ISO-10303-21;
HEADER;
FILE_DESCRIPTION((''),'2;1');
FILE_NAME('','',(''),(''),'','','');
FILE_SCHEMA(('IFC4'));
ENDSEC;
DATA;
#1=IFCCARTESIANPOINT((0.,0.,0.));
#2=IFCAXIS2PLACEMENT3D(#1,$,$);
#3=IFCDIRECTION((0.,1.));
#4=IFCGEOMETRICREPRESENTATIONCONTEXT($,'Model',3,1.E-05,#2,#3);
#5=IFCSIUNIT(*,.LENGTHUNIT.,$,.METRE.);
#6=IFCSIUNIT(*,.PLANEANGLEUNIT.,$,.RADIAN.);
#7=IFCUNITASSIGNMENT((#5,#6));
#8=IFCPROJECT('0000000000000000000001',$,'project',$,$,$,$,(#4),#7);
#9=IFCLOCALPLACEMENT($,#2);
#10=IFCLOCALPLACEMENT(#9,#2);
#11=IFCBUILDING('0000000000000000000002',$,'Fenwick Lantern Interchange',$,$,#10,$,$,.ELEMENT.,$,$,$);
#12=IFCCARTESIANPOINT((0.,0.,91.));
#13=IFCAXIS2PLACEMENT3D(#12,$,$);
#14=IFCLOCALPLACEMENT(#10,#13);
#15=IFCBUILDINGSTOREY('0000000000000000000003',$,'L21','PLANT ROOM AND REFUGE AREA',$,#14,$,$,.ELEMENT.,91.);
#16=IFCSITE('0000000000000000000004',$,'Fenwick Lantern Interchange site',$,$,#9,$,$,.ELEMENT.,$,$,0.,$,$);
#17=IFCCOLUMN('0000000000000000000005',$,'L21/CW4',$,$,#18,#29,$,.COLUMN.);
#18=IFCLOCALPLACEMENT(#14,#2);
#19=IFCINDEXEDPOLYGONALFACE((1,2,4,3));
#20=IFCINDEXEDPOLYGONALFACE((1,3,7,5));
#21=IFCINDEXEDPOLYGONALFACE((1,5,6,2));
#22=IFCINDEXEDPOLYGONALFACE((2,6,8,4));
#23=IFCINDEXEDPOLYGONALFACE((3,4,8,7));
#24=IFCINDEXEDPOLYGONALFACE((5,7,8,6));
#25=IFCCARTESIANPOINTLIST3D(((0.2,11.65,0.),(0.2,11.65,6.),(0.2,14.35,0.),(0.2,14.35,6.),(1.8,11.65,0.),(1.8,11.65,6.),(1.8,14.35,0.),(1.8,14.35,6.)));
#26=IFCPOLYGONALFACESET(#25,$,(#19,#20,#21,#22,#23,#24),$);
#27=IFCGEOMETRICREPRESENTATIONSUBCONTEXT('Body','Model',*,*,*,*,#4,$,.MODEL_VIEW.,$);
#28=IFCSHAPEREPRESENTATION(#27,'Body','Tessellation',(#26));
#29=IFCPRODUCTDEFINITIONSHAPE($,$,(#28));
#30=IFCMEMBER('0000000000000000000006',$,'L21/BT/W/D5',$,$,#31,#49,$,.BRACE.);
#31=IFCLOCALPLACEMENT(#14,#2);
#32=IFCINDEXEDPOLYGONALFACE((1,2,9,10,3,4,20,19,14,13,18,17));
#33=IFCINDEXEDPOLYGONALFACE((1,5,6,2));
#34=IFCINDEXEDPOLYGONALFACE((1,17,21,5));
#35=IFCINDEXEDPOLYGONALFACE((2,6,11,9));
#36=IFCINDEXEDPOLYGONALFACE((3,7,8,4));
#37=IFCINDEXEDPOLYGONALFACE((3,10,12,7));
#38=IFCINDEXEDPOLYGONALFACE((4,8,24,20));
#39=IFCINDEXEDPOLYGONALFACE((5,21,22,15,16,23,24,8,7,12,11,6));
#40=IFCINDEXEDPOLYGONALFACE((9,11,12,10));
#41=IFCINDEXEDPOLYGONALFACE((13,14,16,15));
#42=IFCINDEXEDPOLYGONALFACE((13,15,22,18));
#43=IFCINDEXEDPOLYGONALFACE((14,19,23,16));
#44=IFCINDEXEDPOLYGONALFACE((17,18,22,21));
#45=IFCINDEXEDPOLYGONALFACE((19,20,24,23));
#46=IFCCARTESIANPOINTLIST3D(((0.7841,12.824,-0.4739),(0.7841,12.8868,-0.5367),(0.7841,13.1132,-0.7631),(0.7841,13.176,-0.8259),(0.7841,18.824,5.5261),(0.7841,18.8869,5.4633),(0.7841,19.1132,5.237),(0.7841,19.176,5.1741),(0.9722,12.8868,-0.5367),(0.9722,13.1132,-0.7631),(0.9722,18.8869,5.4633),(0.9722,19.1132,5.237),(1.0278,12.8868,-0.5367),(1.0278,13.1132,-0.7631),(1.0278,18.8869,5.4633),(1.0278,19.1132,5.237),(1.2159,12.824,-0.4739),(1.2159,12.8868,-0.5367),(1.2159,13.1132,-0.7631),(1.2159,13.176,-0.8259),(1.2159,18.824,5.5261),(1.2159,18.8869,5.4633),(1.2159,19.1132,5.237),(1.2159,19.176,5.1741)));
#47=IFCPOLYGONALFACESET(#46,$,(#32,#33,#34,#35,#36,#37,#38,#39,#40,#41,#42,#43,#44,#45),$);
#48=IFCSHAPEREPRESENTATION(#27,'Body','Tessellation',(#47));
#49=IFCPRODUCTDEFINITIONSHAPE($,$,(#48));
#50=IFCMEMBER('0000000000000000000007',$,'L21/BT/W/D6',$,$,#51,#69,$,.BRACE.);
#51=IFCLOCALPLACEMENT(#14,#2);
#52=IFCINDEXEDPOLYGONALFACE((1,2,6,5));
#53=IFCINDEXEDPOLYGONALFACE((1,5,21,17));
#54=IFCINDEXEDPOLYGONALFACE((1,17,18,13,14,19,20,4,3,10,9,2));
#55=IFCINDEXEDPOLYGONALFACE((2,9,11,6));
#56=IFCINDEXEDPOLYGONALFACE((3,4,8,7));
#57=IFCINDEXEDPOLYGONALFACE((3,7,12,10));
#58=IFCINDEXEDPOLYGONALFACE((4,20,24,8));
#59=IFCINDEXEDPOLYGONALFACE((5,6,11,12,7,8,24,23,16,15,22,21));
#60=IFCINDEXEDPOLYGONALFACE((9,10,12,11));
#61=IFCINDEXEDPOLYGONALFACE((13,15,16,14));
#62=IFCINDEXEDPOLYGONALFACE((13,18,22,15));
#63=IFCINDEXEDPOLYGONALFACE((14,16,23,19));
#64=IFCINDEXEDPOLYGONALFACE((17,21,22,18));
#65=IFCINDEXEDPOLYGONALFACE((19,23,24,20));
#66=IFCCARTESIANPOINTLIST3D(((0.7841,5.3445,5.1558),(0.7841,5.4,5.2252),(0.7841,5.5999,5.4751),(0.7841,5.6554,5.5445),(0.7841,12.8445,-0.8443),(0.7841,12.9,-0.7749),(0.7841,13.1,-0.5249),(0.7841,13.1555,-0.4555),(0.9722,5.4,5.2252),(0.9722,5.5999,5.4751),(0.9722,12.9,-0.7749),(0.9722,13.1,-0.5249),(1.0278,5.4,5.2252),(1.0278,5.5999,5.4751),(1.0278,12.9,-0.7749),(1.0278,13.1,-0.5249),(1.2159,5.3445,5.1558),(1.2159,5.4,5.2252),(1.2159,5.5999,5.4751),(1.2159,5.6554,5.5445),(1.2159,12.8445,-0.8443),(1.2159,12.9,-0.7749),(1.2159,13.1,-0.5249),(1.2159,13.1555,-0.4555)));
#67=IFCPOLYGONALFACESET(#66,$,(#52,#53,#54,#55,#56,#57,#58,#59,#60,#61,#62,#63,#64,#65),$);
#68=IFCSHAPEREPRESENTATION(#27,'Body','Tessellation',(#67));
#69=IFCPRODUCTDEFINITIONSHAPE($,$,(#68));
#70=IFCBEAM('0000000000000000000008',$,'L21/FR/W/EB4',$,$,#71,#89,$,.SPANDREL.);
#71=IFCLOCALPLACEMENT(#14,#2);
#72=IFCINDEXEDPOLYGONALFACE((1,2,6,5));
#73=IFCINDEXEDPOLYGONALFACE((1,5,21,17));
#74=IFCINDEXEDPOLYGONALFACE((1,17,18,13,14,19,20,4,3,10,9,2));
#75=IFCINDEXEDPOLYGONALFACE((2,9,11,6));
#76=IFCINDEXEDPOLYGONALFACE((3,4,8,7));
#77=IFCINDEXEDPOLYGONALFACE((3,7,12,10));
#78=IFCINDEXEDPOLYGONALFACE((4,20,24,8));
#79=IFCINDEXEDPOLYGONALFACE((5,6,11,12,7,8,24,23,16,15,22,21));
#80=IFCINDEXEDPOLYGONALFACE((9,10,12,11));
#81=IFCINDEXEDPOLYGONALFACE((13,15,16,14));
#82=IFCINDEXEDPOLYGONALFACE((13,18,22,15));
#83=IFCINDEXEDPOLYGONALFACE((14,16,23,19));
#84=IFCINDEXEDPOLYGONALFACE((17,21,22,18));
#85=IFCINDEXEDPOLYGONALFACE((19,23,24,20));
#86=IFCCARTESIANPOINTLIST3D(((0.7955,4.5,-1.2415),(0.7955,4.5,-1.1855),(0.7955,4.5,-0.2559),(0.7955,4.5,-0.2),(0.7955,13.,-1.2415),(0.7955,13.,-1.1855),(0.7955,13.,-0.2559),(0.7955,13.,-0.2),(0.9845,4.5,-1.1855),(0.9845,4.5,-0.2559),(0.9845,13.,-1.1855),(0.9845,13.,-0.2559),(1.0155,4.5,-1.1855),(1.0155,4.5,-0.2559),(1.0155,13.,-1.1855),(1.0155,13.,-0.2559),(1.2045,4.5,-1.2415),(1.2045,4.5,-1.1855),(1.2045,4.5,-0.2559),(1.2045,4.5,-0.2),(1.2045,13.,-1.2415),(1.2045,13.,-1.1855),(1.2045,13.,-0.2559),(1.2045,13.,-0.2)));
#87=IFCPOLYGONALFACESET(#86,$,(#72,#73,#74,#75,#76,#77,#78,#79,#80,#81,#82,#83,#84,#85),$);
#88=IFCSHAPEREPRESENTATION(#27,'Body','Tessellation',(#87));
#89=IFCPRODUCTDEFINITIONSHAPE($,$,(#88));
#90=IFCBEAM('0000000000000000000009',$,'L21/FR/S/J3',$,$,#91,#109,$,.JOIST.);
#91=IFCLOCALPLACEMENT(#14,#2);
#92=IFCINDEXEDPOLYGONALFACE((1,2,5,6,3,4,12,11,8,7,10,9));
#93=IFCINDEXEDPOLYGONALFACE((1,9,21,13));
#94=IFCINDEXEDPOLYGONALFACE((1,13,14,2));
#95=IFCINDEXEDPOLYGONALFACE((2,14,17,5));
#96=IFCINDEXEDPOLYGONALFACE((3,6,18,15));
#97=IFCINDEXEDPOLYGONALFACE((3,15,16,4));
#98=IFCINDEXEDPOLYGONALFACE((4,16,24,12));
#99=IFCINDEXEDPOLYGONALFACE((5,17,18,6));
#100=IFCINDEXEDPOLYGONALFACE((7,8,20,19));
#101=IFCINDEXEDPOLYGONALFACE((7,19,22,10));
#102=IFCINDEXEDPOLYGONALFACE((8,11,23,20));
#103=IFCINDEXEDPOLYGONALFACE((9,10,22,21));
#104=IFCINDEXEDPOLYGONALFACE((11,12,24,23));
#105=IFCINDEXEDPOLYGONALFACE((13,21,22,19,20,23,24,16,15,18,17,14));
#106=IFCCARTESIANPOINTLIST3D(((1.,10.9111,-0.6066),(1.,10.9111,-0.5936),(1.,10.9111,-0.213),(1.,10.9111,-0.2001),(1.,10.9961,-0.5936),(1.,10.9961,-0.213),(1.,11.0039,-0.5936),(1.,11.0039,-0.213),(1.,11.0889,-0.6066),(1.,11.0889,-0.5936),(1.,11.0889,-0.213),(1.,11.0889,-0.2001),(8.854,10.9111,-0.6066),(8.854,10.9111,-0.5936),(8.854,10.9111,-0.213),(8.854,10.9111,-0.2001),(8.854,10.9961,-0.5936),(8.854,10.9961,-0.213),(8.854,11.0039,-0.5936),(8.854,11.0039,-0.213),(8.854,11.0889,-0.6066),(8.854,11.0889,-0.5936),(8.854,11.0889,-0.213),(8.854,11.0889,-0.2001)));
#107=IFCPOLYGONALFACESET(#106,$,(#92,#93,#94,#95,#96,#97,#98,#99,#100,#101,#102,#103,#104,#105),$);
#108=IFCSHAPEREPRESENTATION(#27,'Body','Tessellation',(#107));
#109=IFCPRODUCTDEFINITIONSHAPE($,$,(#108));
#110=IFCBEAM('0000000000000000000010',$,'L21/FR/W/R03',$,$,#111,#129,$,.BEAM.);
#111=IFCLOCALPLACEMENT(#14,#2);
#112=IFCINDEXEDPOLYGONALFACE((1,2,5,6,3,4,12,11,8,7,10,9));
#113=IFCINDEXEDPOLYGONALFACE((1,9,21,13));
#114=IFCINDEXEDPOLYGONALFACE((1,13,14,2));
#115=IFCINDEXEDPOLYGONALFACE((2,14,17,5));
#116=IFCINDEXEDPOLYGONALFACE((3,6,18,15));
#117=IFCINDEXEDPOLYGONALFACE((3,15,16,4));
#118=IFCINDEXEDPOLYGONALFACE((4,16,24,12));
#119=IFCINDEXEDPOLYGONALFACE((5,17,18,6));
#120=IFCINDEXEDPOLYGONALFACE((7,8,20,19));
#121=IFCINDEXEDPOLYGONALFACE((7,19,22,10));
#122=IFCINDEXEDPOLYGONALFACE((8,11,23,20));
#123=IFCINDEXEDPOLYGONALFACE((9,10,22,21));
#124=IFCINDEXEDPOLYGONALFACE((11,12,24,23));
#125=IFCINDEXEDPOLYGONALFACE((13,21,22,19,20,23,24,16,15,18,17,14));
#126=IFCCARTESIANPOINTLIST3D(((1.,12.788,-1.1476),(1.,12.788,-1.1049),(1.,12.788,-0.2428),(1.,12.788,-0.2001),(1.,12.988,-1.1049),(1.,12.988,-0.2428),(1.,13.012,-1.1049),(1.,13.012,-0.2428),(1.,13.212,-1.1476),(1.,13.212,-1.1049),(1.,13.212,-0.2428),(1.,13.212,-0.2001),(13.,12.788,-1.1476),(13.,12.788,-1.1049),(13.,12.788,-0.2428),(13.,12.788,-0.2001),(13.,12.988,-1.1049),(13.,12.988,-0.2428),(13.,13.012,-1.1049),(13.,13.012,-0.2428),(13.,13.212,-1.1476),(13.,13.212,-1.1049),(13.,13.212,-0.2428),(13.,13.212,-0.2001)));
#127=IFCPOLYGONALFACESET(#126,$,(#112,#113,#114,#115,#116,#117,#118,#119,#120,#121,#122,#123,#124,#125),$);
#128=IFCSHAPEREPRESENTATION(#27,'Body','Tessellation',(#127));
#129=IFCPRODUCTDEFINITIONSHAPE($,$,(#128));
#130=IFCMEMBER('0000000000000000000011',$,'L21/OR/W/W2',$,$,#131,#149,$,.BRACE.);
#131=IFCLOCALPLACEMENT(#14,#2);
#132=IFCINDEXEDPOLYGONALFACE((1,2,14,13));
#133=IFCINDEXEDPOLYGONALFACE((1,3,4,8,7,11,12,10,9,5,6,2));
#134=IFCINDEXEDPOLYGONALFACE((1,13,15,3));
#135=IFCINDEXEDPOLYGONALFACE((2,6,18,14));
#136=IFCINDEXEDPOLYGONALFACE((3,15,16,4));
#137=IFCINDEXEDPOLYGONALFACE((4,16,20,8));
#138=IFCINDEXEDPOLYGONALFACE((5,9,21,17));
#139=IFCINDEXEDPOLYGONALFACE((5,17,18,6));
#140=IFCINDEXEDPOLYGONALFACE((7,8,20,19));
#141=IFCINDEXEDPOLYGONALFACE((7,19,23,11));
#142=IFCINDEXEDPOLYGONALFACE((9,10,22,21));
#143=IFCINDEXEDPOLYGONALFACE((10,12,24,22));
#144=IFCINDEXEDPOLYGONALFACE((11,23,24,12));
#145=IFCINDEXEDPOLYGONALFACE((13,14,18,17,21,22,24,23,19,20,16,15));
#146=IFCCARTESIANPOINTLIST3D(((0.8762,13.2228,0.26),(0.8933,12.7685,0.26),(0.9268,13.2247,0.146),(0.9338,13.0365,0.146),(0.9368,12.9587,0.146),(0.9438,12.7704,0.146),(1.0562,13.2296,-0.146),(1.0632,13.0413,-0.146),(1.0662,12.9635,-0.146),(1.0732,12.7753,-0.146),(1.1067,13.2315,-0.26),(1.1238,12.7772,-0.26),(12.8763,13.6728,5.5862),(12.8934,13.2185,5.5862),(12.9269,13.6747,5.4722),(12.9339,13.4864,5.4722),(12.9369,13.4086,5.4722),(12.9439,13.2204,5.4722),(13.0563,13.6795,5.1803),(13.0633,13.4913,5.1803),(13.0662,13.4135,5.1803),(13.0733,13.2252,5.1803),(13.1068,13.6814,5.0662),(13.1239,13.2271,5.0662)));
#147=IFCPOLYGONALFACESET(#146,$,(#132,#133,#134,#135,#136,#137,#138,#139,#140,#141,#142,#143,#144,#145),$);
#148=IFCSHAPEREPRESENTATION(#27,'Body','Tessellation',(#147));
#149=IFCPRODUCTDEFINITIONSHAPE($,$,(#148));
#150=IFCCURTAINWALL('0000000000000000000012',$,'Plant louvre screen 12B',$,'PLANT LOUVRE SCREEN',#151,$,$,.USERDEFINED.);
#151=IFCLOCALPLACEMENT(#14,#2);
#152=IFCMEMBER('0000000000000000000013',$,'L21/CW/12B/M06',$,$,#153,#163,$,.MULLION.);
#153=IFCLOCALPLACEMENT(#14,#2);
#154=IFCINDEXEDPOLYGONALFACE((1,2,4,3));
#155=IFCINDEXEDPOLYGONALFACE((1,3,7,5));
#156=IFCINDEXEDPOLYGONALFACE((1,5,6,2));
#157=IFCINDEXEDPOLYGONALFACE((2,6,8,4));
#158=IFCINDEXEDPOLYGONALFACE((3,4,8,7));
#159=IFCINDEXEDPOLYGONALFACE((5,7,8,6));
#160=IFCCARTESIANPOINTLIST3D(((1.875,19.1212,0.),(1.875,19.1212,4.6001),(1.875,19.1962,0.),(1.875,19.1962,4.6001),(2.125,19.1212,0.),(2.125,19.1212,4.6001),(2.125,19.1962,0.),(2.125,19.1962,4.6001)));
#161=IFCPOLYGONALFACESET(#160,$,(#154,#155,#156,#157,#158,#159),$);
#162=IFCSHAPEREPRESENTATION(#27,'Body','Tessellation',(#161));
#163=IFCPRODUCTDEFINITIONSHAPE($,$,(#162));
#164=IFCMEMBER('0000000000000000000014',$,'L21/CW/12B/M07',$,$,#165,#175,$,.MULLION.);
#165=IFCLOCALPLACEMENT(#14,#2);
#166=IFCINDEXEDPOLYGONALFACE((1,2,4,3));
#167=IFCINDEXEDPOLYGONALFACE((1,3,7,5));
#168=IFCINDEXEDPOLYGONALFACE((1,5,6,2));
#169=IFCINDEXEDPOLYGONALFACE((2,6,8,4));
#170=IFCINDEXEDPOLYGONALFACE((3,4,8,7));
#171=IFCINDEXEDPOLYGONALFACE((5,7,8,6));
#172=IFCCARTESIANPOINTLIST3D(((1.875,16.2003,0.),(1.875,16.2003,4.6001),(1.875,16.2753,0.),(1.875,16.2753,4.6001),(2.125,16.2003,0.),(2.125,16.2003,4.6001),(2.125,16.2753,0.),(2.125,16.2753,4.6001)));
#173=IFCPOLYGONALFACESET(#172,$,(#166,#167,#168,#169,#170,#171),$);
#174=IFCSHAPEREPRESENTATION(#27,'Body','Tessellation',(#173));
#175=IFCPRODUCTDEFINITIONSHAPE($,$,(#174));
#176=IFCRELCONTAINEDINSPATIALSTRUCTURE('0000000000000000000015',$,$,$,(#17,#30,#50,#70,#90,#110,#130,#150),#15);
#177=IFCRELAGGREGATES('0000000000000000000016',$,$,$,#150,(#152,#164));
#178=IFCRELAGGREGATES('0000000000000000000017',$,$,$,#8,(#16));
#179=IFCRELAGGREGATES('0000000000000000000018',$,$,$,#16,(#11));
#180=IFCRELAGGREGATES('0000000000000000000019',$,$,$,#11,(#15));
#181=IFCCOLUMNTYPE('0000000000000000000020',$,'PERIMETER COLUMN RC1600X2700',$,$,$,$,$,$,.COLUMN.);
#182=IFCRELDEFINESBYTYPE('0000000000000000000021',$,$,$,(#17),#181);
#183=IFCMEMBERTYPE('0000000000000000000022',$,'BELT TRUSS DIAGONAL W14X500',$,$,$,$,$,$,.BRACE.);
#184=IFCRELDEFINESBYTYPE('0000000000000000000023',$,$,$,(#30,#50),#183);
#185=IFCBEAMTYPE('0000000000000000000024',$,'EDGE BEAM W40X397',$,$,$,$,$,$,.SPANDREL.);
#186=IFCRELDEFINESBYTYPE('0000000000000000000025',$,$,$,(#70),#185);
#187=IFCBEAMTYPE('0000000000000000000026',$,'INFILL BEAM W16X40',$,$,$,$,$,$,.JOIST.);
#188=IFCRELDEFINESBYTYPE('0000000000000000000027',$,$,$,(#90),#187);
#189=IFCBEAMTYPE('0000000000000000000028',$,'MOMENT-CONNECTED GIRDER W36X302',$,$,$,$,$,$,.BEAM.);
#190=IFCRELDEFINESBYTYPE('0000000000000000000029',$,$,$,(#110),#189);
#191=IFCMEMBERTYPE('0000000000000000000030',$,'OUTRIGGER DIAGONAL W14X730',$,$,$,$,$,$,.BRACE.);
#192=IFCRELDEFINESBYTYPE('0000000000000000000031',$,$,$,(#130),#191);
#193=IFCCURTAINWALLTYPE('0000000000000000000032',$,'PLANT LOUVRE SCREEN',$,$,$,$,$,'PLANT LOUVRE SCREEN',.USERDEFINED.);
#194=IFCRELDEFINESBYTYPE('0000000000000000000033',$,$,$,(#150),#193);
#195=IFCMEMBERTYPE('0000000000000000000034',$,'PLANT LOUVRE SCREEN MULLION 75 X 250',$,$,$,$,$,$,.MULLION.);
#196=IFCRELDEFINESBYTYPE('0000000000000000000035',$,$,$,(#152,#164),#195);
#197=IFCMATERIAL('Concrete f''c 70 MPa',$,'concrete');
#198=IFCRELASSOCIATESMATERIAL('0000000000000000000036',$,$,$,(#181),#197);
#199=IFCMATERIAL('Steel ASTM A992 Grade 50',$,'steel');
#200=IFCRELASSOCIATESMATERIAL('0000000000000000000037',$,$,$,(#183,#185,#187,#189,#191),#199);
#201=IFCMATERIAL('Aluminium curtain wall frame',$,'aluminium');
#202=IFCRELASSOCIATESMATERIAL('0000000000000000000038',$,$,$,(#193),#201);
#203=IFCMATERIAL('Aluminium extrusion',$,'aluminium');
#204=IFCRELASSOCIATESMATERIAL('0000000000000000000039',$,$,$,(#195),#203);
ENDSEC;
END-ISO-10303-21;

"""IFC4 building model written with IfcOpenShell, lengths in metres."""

from ifc_helpers import new_model, si_unit, direction, frame, origin, origin_2d, place, context, subcontext, project, spatial, rectangle, i_section, extrude, material, material_profile, profile_set, type_object, element, aggregate, save


model = new_model("IFC4")

# Units and contexts
model_context = context("Model", 3, precision=1e-05, world=origin(), true_north=direction((0.0, 1.0)))
body_context = subcontext(model_context, "Body", "Model", "MODEL_VIEW")
ifc_project = project(units=[si_unit("LENGTHUNIT", "METRE"), si_unit("PLANEANGLEUNIT", "RADIAN")], contexts=[model_context])

# Site, building, storey
site_placement = place(None, origin())
site = spatial("IfcSite", under=ifc_project, at=site_placement, Name="Fenwick Lantern Interchange site", CompositionType="ELEMENT", RefElevation=0.0)
building_placement = place(site_placement, origin())
building = spatial("IfcBuilding", under=site, at=building_placement, Name="Fenwick Lantern Interchange", CompositionType="ELEMENT")
storey_placement = place(building_placement, frame((0.0, 0.0, 91.0)))
storey = spatial("IfcBuildingStorey", under=building, at=storey_placement, Name="L21", Description="PLANT ROOM AND REFUGE AREA", CompositionType="ELEMENT", Elevation=91.0)

# Column
ifc_material_1 = material(Name="Concrete f'c 70 MPa", Category="concrete")
ifc_material_profile_1 = material_profile(ifc_material_1, rectangle(XDim=1.6001, YDim=2.7, at=origin_2d()), Name="RC1600X2700")
ifc_profile_set_1 = profile_set([ifc_material_profile_1], Name="Concrete f'c 70 MPa")
column_type = type_object("IfcColumnType", Name="PERIMETER COLUMN RC1600X2700", PredefinedType="COLUMN", material=ifc_profile_set_1)
column_placement = place(storey_placement, frame((1.0, 13.0, 0.0), z_axis=(0.0, 0.0, 1.0), x_axis=(1.0, 0.0, 0.0)))
element("IfcColumn", 1, at=column_placement, inside=storey, type_object=column_type, Name="L21/CW4", PredefinedType="COLUMN", context=body_context, shape_type="SweptSolid", body=[
    extrude(rectangle(XDim=1.6001, YDim=2.7, at=origin_2d()), origin(), (0.0, 0.0, 1.0), 6.0),
])

# Members
ifc_material_2 = material(Name="Steel ASTM A992 Grade 50", Category="steel")
ifc_material_profile_2 = material_profile(ifc_material_2, i_section(OverallWidth=0.4319, OverallDepth=0.4978, WebThickness=0.0557, FlangeThickness=0.0889, at=origin_2d()), Name="W14X500")
ifc_profile_set_2 = profile_set([ifc_material_profile_2], Name="Steel ASTM A992 Grade 50")
member_type_1 = type_object("IfcMemberType", Name="BELT TRUSS DIAGONAL W14X500", PredefinedType="BRACE", material=ifc_profile_set_2)
member_1_placement = place(storey_placement, frame((1.0, 13.0, -0.6499), z_axis=(0.0, 0.707107, 0.707107), x_axis=(-1.0, 0.0, 0.0)))
element("IfcMember", 2, at=member_1_placement, inside=storey, type_object=member_type_1, Name="L21/BT/W/D5", PredefinedType="BRACE", context=body_context, shape_type="SweptSolid", body=[
    extrude(i_section(OverallWidth=0.4319, OverallDepth=0.4978, WebThickness=0.0557, FlangeThickness=0.0889, at=origin_2d()), origin(), (0.0, 0.0, 1.0), 8.4854),
])
member_2_placement = place(storey_placement, frame((1.0, 13.0, -0.6499), z_axis=(0.0, -0.780869, 0.624695), x_axis=(1.0, 0.0, 0.0)))
element("IfcMember", 3, at=member_2_placement, inside=storey, type_object=member_type_1, Name="L21/BT/W/D6", PredefinedType="BRACE", context=body_context, shape_type="SweptSolid", body=[
    extrude(i_section(OverallWidth=0.4319, OverallDepth=0.4978, WebThickness=0.0557, FlangeThickness=0.0889, at=origin_2d()), origin(), (0.0, 0.0, 1.0), 9.6047),
])

# Beams
ifc_material_profile_3 = material_profile(ifc_material_2, i_section(OverallWidth=0.4089, OverallDepth=1.0415, WebThickness=0.031, FlangeThickness=0.0559, at=origin_2d()), Name="W40X397")
ifc_profile_set_3 = profile_set([ifc_material_profile_3], Name="Steel ASTM A992 Grade 50")
beam_type_1 = type_object("IfcBeamType", Name="EDGE BEAM W40X397", PredefinedType="SPANDREL", material=ifc_profile_set_3)
beam_1_placement = place(storey_placement, frame((1.0, 13.0, -0.7207), z_axis=(0.0, -1.0, 0.0), x_axis=(1.0, 0.0, 0.0)))
element("IfcBeam", 4, at=beam_1_placement, inside=storey, type_object=beam_type_1, Name="L21/FR/W/EB4", PredefinedType="SPANDREL", context=body_context, shape_type="SweptSolid", body=[
    extrude(i_section(OverallWidth=0.4089, OverallDepth=1.0415, WebThickness=0.031, FlangeThickness=0.0559, at=origin_2d()), origin(), (0.0, 0.0, 1.0), 8.5),
])
ifc_material_profile_4 = material_profile(ifc_material_2, i_section(OverallWidth=0.1777, OverallDepth=0.4065, WebThickness=0.0078, FlangeThickness=0.0129, at=origin_2d()), Name="W16X40")
ifc_profile_set_4 = profile_set([ifc_material_profile_4], Name="Steel ASTM A992 Grade 50")
beam_type_2 = type_object("IfcBeamType", Name="INFILL BEAM W16X40", PredefinedType="JOIST", material=ifc_profile_set_4)
beam_2_placement = place(storey_placement, frame((1.0, 11.0, -0.4033), z_axis=(1.0, 0.0, 0.0), x_axis=(0.0, 1.0, 0.0)))
element("IfcBeam", 5, at=beam_2_placement, inside=storey, type_object=beam_type_2, Name="L21/FR/S/J3", PredefinedType="JOIST", context=body_context, shape_type="SweptSolid", body=[
    extrude(i_section(OverallWidth=0.1777, OverallDepth=0.4065, WebThickness=0.0078, FlangeThickness=0.0129, at=origin_2d()), origin(), (0.0, 0.0, 1.0), 7.854),
])
ifc_material_profile_5 = material_profile(ifc_material_2, i_section(OverallWidth=0.4241, OverallDepth=0.9475, WebThickness=0.0239, FlangeThickness=0.0427, at=origin_2d()), Name="W36X302")
ifc_profile_set_5 = profile_set([ifc_material_profile_5], Name="Steel ASTM A992 Grade 50")
beam_type_3 = type_object("IfcBeamType", Name="MOMENT-CONNECTED GIRDER W36X302", PredefinedType="BEAM", material=ifc_profile_set_5)
beam_3_placement = place(storey_placement, frame((1.0, 13.0, -0.6738), z_axis=(1.0, 0.0, 0.0), x_axis=(0.0, 1.0, 0.0)))
element("IfcBeam", 6, at=beam_3_placement, inside=storey, type_object=beam_type_3, Name="L21/FR/W/R03", PredefinedType="BEAM", context=body_context, shape_type="SweptSolid", body=[
    extrude(i_section(OverallWidth=0.4241, OverallDepth=0.9475, WebThickness=0.0239, FlangeThickness=0.0427, at=origin_2d()), origin(), (0.0, 0.0, 1.0), 12.0),
])

# Member
ifc_material_profile_6 = material_profile(ifc_material_2, i_section(OverallWidth=0.4546, OverallDepth=0.5688, WebThickness=0.0779, FlangeThickness=0.1248, at=origin_2d()), Name="W14X730")
ifc_profile_set_6 = profile_set([ifc_material_profile_6], Name="Steel ASTM A992 Grade 50")
member_type_2 = type_object("IfcMemberType", Name="OUTRIGGER DIAGONAL W14X730", PredefinedType="BRACE", material=ifc_profile_set_6)
member_3_placement = place(storey_placement, frame((1.0, 13.0, 0.0), z_axis=(0.913478, 0.034252, 0.405445), x_axis=(-0.03747, 0.999298, 0.0)))
element("IfcMember", 7, at=member_3_placement, inside=storey, type_object=member_type_2, Name="L21/OR/W/W2", PredefinedType="BRACE", context=body_context, shape_type="SweptSolid", body=[
    extrude(i_section(OverallWidth=0.4546, OverallDepth=0.5688, WebThickness=0.0779, FlangeThickness=0.1248, at=origin_2d()), origin(), (0.0, 0.0, 1.0), 13.1367),
])

# Curtain wall, members
ifc_material_3 = material(Name="Aluminium curtain wall frame", Category="aluminium")
curtain_wall_type = type_object("IfcCurtainWallType", Name="PLANT LOUVRE SCREEN", ElementType="PLANT LOUVRE SCREEN", PredefinedType="USERDEFINED", material=ifc_material_3)
curtain_wall_1_placement = place(storey_placement, origin())
curtain_wall_1 = element("IfcCurtainWall", 8, at=curtain_wall_1_placement, inside=storey, type_object=curtain_wall_type, Name="Plant louvre screen 12B", ObjectType="PLANT LOUVRE SCREEN", PredefinedType="USERDEFINED")
ifc_material_4 = material(Name="Aluminium extrusion", Category="aluminium")
ifc_material_profile_7 = material_profile(ifc_material_4, rectangle(XDim=0.25, YDim=0.075, at=origin_2d()), Name="PLANT LOUVRE SCREEN MULLION 75 X 250")
ifc_profile_set_7 = profile_set([ifc_material_profile_7], Name="Aluminium extrusion")
member_type_3 = type_object("IfcMemberType", Name="PLANT LOUVRE SCREEN MULLION 75 X 250", PredefinedType="MULLION", material=ifc_profile_set_7)
member_4_placement = place(storey_placement, frame((2.0, 19.1587, 0.0), z_axis=(0.0, 0.0, 1.0), x_axis=(1.0, 0.0, 0.0)))
member_4 = element("IfcMember", 9, at=member_4_placement, type_object=member_type_3, Name="L21/CW/12B/M06", PredefinedType="MULLION", context=body_context, shape_type="SweptSolid", body=[
    extrude(rectangle(XDim=0.25, YDim=0.075, at=origin_2d()), origin(), (0.0, 0.0, 1.0), 4.6001),
])
member_5_placement = place(storey_placement, frame((2.0, 16.2378, 0.0), z_axis=(0.0, 0.0, 1.0), x_axis=(1.0, 0.0, 0.0)))
member_5 = element("IfcMember", 10, at=member_5_placement, type_object=member_type_3, Name="L21/CW/12B/M07", PredefinedType="MULLION", context=body_context, shape_type="SweptSolid", body=[
    extrude(rectangle(XDim=0.25, YDim=0.075, at=origin_2d()), origin(), (0.0, 0.0, 1.0), 4.6001),
])

aggregate(curtain_wall_1, [member_4, member_5])

save(model, "model.ifc")
